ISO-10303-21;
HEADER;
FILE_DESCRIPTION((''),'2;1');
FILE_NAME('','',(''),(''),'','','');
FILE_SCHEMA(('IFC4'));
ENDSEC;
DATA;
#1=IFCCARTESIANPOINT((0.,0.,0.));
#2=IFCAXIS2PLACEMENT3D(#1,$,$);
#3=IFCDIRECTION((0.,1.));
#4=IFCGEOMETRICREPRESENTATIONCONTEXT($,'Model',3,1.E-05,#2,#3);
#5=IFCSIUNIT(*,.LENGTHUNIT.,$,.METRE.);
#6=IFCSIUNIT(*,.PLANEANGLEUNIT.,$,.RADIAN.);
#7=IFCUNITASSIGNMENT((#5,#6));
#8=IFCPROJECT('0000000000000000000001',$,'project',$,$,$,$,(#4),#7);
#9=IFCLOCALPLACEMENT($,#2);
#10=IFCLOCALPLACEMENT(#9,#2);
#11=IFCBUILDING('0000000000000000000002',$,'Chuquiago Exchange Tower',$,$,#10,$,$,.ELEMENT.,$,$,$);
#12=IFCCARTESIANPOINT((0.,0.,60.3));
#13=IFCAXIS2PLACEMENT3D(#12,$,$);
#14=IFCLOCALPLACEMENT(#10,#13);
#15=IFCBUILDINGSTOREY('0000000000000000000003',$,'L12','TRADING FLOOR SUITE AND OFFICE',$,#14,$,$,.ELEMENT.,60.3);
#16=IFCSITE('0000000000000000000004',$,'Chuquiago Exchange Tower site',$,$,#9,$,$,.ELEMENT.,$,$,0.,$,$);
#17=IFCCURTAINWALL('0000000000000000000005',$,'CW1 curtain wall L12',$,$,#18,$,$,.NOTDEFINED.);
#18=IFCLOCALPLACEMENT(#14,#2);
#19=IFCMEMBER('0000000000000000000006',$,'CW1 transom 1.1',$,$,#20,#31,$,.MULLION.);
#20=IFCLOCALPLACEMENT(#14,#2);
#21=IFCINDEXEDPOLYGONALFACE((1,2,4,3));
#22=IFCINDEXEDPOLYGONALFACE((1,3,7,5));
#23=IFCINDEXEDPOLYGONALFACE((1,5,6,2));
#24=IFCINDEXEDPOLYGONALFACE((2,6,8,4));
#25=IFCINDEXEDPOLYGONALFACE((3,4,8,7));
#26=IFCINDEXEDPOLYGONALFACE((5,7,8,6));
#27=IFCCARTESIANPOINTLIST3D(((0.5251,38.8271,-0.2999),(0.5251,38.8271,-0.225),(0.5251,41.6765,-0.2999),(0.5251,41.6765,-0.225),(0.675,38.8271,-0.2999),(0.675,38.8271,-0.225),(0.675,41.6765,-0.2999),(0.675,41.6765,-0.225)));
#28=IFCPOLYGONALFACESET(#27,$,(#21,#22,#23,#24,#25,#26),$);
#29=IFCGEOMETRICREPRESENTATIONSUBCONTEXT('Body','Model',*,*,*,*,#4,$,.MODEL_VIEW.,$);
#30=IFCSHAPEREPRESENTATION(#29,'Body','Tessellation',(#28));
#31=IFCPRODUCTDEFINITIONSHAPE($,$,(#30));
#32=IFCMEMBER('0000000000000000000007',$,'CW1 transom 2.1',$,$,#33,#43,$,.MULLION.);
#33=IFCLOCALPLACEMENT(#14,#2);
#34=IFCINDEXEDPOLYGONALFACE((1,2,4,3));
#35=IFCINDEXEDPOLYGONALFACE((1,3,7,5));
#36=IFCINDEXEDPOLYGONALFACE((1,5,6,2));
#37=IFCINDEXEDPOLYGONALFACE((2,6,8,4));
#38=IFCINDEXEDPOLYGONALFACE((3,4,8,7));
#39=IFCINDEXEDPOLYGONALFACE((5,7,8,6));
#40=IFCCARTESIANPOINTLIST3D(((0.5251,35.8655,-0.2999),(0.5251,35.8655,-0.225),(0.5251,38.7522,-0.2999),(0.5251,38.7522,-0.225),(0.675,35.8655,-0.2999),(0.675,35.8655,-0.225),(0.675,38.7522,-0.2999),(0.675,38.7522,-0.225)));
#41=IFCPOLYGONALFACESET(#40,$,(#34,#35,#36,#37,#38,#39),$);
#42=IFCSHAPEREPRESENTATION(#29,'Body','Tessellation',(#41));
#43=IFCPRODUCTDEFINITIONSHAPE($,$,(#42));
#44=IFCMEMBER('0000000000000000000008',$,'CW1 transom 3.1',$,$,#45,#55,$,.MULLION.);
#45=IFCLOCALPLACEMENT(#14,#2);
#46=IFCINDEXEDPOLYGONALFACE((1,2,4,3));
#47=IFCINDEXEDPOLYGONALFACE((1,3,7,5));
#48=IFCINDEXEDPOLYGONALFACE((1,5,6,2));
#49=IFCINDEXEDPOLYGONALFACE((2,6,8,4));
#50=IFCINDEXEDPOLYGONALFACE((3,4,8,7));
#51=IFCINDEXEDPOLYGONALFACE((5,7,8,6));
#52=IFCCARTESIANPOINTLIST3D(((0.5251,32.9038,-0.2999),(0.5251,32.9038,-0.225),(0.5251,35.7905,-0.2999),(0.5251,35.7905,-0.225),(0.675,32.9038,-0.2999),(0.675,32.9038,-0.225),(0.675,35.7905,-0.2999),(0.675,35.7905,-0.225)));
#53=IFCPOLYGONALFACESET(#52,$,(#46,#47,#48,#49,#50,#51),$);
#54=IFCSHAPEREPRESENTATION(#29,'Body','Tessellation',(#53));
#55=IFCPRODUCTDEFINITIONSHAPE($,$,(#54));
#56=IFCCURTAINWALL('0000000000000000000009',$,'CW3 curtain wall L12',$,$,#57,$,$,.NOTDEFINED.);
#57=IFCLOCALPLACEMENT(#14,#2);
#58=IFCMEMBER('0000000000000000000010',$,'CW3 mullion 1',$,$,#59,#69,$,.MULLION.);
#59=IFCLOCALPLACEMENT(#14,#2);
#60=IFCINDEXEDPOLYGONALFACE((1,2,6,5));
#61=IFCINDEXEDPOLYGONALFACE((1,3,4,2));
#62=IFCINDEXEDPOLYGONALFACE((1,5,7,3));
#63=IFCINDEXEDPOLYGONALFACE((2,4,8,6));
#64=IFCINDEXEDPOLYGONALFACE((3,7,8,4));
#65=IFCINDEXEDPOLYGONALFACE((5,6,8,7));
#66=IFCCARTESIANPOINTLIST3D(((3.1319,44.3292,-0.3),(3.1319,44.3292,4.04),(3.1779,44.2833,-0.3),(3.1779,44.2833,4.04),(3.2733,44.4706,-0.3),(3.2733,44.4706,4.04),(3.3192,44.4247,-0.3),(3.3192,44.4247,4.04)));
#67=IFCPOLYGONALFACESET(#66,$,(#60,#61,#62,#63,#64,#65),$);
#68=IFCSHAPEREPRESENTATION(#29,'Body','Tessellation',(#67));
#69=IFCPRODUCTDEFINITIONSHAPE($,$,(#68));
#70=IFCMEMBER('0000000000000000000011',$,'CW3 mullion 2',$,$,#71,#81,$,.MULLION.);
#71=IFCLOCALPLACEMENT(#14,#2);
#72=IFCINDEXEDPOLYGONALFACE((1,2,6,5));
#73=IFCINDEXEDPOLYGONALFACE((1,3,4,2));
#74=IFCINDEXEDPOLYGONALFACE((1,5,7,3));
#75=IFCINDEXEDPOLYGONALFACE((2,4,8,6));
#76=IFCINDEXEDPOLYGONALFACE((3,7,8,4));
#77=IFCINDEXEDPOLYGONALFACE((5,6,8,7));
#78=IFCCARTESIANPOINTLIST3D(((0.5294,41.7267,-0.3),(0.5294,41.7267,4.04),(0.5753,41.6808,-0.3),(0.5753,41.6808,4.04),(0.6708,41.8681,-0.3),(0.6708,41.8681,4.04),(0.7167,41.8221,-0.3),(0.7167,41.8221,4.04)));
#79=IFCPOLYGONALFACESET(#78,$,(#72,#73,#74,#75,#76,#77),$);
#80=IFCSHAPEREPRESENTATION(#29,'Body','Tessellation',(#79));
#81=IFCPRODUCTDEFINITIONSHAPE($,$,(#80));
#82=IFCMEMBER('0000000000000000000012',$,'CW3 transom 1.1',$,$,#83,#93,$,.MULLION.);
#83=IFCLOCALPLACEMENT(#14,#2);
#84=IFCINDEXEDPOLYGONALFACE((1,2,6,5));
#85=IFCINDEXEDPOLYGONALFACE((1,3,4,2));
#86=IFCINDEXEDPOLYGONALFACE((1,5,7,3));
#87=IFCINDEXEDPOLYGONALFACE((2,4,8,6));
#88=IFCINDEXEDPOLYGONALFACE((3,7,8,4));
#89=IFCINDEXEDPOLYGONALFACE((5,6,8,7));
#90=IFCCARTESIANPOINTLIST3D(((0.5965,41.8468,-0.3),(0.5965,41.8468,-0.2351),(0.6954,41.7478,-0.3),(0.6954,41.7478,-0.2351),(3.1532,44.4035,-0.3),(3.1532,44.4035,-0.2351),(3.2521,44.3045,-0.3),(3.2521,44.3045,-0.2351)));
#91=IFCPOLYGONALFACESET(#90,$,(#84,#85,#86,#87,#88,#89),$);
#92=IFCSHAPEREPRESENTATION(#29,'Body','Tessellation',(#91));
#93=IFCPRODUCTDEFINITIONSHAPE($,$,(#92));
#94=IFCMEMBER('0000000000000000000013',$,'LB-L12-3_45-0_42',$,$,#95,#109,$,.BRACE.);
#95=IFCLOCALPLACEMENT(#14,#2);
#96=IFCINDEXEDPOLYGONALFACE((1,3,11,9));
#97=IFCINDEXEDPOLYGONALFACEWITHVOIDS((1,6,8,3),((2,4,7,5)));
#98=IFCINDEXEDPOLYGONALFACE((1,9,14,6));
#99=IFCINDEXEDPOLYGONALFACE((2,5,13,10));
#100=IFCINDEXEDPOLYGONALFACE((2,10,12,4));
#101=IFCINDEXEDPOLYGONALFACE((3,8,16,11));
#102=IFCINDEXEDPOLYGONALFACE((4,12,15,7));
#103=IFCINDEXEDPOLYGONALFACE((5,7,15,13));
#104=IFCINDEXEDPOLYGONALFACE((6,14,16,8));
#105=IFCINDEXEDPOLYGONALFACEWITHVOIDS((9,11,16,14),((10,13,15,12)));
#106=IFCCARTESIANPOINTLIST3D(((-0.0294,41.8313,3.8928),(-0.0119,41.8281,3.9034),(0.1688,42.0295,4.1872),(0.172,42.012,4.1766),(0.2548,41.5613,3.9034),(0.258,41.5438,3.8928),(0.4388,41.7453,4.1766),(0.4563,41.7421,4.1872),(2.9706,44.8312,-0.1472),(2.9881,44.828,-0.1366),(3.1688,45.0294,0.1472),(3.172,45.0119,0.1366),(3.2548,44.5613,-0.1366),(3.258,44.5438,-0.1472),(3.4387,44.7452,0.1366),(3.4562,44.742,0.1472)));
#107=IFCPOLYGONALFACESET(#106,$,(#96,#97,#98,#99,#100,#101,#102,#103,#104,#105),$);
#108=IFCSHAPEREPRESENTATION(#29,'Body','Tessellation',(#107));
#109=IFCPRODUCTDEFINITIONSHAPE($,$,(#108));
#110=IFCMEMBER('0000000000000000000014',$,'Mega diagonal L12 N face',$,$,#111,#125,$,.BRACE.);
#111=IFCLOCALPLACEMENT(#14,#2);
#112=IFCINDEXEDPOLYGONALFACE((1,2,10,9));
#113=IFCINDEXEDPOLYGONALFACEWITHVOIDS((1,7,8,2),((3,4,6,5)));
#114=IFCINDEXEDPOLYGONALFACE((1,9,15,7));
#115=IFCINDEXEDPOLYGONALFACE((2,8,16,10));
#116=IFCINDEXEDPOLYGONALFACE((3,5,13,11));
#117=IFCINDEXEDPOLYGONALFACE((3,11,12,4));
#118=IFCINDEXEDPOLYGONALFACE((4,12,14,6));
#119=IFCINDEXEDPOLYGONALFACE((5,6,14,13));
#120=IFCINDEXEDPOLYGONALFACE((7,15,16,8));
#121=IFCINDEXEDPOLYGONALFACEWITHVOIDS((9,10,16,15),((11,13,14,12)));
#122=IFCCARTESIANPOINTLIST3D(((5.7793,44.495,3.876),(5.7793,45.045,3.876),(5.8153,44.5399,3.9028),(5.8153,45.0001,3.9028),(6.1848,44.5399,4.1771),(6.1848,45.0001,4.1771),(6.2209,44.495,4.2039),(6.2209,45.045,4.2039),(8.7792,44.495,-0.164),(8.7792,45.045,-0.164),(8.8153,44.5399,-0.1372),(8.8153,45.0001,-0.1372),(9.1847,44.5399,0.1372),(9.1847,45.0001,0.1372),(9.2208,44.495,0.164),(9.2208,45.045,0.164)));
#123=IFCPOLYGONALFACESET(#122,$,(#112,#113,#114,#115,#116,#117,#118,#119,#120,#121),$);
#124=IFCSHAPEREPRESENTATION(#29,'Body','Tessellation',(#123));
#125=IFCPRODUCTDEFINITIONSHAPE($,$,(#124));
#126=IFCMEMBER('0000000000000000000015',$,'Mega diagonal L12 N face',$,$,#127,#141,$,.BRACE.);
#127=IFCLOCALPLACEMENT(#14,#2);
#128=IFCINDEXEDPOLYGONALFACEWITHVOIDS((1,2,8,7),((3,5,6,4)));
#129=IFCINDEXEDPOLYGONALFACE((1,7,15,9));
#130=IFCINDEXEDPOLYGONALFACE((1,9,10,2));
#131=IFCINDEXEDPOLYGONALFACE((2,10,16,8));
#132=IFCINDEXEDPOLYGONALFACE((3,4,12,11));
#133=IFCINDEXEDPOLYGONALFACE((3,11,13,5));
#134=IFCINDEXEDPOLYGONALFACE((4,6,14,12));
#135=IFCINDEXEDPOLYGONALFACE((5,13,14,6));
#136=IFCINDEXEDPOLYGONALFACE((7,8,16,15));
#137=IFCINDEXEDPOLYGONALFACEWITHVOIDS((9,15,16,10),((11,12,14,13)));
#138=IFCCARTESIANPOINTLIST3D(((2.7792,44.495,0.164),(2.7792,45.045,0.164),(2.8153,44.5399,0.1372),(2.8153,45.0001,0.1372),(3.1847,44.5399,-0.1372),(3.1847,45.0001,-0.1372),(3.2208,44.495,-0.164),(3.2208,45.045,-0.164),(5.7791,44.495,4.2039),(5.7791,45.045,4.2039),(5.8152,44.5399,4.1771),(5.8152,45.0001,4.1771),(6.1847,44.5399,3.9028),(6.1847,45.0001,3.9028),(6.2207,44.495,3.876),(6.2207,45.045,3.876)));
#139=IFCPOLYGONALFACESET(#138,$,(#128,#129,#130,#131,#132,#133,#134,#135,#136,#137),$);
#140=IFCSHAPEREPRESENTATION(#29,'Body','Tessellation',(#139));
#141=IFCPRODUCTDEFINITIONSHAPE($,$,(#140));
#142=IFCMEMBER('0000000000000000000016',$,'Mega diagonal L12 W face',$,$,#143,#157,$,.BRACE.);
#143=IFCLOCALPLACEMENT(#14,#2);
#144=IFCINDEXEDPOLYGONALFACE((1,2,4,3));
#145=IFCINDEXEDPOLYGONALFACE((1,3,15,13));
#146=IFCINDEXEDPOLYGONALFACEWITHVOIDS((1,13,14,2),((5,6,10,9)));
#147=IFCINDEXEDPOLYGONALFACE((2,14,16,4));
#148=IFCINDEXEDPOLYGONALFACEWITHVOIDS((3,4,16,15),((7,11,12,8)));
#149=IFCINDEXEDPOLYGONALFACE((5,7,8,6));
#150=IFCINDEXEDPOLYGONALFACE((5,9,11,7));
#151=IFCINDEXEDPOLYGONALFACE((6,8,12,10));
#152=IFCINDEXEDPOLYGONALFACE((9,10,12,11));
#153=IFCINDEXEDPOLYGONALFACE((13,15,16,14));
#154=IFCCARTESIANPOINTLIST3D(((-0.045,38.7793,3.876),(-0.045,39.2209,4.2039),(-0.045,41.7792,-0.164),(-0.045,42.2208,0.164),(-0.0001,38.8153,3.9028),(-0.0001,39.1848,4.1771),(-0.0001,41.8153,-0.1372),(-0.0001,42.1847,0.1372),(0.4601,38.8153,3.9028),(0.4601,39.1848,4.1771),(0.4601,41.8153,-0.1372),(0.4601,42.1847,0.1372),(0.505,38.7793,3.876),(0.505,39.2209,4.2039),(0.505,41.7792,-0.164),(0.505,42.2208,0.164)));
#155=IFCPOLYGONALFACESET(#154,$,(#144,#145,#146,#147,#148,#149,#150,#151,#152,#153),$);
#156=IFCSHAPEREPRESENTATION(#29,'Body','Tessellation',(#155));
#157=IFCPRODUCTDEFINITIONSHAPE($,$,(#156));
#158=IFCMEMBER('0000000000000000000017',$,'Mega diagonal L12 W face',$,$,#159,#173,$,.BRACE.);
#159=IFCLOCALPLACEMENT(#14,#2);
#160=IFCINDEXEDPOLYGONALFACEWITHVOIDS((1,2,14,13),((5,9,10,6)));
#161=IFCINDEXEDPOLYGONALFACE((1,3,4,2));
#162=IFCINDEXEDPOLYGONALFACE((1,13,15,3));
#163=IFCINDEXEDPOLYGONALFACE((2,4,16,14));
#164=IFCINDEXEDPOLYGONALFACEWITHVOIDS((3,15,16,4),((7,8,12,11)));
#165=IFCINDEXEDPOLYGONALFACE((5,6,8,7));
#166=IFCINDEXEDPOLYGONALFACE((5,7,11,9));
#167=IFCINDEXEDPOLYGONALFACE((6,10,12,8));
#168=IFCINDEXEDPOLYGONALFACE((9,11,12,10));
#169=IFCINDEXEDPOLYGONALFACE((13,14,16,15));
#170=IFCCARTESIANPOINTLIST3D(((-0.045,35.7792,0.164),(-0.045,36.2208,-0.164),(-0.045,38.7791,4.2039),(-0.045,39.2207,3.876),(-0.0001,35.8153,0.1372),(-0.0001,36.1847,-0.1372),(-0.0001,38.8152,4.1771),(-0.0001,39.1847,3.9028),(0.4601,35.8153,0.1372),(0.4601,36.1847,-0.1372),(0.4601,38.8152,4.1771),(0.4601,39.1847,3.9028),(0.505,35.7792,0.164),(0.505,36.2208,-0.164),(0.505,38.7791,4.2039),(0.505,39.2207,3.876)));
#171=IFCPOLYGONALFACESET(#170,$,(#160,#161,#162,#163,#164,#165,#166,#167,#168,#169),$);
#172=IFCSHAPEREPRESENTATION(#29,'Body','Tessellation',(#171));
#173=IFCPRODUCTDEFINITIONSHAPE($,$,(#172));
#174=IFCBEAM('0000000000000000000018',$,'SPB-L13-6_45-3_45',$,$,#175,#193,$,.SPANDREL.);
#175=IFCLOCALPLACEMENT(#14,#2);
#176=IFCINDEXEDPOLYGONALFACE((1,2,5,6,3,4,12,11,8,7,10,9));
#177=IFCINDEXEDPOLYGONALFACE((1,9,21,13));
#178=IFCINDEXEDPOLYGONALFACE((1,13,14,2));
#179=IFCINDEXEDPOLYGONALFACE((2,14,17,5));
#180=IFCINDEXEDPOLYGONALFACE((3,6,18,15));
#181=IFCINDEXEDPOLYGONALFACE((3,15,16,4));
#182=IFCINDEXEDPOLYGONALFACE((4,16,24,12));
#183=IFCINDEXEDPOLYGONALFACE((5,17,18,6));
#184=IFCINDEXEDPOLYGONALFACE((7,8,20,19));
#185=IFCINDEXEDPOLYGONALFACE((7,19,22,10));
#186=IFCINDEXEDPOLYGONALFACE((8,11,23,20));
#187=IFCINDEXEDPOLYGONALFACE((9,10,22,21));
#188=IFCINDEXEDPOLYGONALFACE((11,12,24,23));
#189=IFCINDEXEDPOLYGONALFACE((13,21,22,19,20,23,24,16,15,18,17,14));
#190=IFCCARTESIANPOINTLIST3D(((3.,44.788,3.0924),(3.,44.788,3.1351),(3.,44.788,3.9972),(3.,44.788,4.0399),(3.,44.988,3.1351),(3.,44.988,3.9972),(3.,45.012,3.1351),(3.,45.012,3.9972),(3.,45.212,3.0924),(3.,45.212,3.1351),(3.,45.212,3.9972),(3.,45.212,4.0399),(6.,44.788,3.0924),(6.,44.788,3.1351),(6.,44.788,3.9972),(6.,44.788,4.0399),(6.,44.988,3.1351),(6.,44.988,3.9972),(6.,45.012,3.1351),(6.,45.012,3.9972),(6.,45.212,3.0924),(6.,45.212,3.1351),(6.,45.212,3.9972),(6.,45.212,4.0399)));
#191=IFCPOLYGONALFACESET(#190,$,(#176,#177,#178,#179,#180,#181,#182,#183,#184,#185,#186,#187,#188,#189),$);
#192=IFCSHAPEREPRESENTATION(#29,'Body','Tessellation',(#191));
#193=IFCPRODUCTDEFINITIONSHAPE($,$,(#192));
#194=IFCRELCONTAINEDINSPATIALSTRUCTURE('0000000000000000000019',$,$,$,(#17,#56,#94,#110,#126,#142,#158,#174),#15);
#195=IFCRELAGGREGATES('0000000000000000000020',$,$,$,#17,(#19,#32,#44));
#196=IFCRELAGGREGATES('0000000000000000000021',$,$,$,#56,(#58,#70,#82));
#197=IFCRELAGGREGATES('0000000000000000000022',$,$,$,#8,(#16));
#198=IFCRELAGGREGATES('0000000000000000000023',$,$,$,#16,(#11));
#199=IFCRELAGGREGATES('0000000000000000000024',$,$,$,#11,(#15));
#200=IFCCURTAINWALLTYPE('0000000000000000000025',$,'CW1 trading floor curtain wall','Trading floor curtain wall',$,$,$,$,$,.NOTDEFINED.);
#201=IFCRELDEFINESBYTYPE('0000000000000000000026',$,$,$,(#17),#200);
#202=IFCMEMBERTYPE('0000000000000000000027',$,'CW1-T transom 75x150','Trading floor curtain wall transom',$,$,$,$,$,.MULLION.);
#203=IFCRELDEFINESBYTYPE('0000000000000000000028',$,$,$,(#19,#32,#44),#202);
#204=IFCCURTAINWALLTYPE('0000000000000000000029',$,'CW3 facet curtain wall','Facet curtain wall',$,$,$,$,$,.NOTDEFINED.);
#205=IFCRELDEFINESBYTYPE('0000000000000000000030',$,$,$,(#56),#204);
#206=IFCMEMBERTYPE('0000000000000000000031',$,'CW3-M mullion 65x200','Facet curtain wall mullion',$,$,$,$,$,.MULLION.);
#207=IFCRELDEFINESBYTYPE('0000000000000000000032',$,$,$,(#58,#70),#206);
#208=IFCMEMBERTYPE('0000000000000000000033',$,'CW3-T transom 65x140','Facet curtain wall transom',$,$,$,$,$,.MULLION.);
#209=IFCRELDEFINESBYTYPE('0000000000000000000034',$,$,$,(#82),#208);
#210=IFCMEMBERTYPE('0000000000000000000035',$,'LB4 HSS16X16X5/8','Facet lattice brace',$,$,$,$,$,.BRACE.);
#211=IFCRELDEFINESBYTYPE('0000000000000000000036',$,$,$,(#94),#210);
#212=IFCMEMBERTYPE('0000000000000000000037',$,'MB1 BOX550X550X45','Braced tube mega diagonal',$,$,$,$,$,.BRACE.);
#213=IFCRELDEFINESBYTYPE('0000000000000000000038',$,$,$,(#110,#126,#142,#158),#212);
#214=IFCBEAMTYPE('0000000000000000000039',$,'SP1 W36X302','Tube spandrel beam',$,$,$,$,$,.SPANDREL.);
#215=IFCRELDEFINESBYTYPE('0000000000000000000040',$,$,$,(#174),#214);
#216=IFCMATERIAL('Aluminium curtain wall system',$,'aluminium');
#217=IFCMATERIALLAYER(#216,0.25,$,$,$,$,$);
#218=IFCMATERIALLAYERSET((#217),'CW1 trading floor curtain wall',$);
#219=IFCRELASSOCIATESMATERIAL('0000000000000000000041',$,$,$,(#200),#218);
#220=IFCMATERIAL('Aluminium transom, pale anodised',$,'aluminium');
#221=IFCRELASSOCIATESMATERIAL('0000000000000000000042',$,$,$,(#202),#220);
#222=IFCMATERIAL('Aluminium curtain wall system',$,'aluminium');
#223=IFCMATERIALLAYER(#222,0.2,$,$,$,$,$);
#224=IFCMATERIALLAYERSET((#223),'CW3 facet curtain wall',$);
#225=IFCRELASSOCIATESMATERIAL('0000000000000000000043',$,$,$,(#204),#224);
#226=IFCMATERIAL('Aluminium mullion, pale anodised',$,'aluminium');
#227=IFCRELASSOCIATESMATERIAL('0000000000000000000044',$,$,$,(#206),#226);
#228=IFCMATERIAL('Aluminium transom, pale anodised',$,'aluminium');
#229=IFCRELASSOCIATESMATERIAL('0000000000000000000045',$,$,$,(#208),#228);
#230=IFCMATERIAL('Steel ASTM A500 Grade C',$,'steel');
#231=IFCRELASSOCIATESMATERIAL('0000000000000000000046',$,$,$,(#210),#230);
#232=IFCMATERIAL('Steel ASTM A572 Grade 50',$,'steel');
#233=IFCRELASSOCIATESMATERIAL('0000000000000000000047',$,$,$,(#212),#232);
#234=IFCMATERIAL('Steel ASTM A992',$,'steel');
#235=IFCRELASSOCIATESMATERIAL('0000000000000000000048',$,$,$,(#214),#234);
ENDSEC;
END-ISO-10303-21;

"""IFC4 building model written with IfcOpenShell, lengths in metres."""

from ifc_helpers import new_model, si_unit, direction, frame, origin, origin_2d, place, context, subcontext, project, spatial, rectangle, hollow_rectangle, i_section, extrude, material, layer, layer_set, material_profile, profile_set, type_object, element, aggregate, save


model = new_model("IFC4")

# Units and contexts
model_context = context("Model", 3, precision=1e-05, world=origin(), true_north=direction((0.0, 1.0)))
body_context = subcontext(model_context, "Body", "Model", "MODEL_VIEW")
ifc_project = project(units=[si_unit("LENGTHUNIT", "METRE"), si_unit("PLANEANGLEUNIT", "RADIAN")], contexts=[model_context])

# Site, building, storey
site_placement = place(None, origin())
site = spatial("IfcSite", under=ifc_project, at=site_placement, Name="Chuquiago Exchange Tower site", CompositionType="ELEMENT", RefElevation=0.0)
building_placement = place(site_placement, origin())
building = spatial("IfcBuilding", under=site, at=building_placement, Name="Chuquiago Exchange Tower", CompositionType="ELEMENT")
storey_placement = place(building_placement, frame((0.0, 0.0, 60.3)))
storey = spatial("IfcBuildingStorey", under=building, at=storey_placement, Name="L12", Description="TRADING FLOOR SUITE AND OFFICE", CompositionType="ELEMENT", Elevation=60.3)

# Curtain wall
ifc_material_1 = material(Name="Aluminium curtain wall system", Category="aluminium")
ifc_layer_1 = layer(ifc_material_1, 0.25)
ifc_layer_set_1 = layer_set([ifc_layer_1], Name="CW1 trading floor curtain wall")
curtain_wall_type_1 = type_object("IfcCurtainWallType", Name="CW1 trading floor curtain wall", Description="Trading floor curtain wall", PredefinedType="NOTDEFINED", material=ifc_layer_set_1)
curtain_wall_1_placement = place(storey_placement, origin())
curtain_wall_1 = element("IfcCurtainWall", 1, at=curtain_wall_1_placement, inside=storey, type_object=curtain_wall_type_1, Name="CW1 curtain wall L12", PredefinedType="NOTDEFINED")

# Members
ifc_material_2 = material(Name="Aluminium transom, pale anodised", Category="aluminium")
ifc_material_profile_1 = material_profile(ifc_material_2, rectangle(XDim=0.1499, YDim=0.075, at=origin_2d()), Name="AL 150x75")
ifc_profile_set_1 = profile_set([ifc_material_profile_1], Name="Aluminium transom, pale anodised")
member_type_1 = type_object("IfcMemberType", Name="CW1-T transom 75x150", Description="Trading floor curtain wall transom", PredefinedType="MULLION", material=ifc_profile_set_1)
member_1_placement = place(storey_placement, frame((0.6001, 41.6765, -0.2625), z_axis=(0.0, -1.0, 0.0), x_axis=(1.0, 0.0, 0.0)))
member_1 = element("IfcMember", 2, at=member_1_placement, type_object=member_type_1, Name="CW1 transom 1.1", PredefinedType="MULLION", context=body_context, shape_type="SweptSolid", body=[
    extrude(rectangle(XDim=0.1499, YDim=0.075, at=origin_2d()), origin(), (0.0, 0.0, 1.0), 2.8494),
])
member_2_placement = place(storey_placement, frame((0.6001, 38.7522, -0.2625), z_axis=(0.0, -1.0, 0.0), x_axis=(1.0, 0.0, 0.0)))
member_2 = element("IfcMember", 3, at=member_2_placement, type_object=member_type_1, Name="CW1 transom 2.1", PredefinedType="MULLION", context=body_context, shape_type="SweptSolid", body=[
    extrude(rectangle(XDim=0.1499, YDim=0.075, at=origin_2d()), origin(), (0.0, 0.0, 1.0), 2.8867),
])
member_3_placement = place(storey_placement, frame((0.6001, 35.7905, -0.2625), z_axis=(0.0, -1.0, 0.0), x_axis=(1.0, 0.0, 0.0)))
member_3 = element("IfcMember", 4, at=member_3_placement, type_object=member_type_1, Name="CW1 transom 3.1", PredefinedType="MULLION", context=body_context, shape_type="SweptSolid", body=[
    extrude(rectangle(XDim=0.1499, YDim=0.075, at=origin_2d()), origin(), (0.0, 0.0, 1.0), 2.8867),
])

# Curtain wall, members
ifc_material_3 = material(Name="Aluminium curtain wall system", Category="aluminium")
ifc_layer_2 = layer(ifc_material_3, 0.2)
ifc_layer_set_2 = layer_set([ifc_layer_2], Name="CW3 facet curtain wall")
curtain_wall_type_2 = type_object("IfcCurtainWallType", Name="CW3 facet curtain wall", Description="Facet curtain wall", PredefinedType="NOTDEFINED", material=ifc_layer_set_2)
curtain_wall_2_placement = place(storey_placement, origin())
curtain_wall_2 = element("IfcCurtainWall", 5, at=curtain_wall_2_placement, inside=storey, type_object=curtain_wall_type_2, Name="CW3 curtain wall L12", PredefinedType="NOTDEFINED")
ifc_material_4 = material(Name="Aluminium mullion, pale anodised", Category="aluminium")
ifc_material_profile_2 = material_profile(ifc_material_4, rectangle(XDim=0.0649, YDim=0.2, at=origin_2d()), Name="AL 65x200")
ifc_profile_set_2 = profile_set([ifc_material_profile_2], Name="Aluminium mullion, pale anodised")
member_type_2 = type_object("IfcMemberType", Name="CW3-M mullion 65x200", Description="Facet curtain wall mullion", PredefinedType="MULLION", material=ifc_profile_set_2)
member_4_placement = place(storey_placement, frame((3.2256, 44.377, -0.3), z_axis=(0.0, 0.0, 1.0), x_axis=(0.707107, -0.707107, 0.0)))
member_4 = element("IfcMember", 6, at=member_4_placement, type_object=member_type_2, Name="CW3 mullion 1", PredefinedType="MULLION", context=body_context, shape_type="SweptSolid", body=[
    extrude(rectangle(XDim=0.0649, YDim=0.2, at=origin_2d()), origin(), (0.0, 0.0, 1.0), 4.3401),
])
member_5_placement = place(storey_placement, frame((0.623, 41.7744, -0.3), z_axis=(0.0, 0.0, 1.0), x_axis=(0.707107, -0.707107, 0.0)))
member_5 = element("IfcMember", 7, at=member_5_placement, type_object=member_type_2, Name="CW3 mullion 2", PredefinedType="MULLION", context=body_context, shape_type="SweptSolid", body=[
    extrude(rectangle(XDim=0.0649, YDim=0.2, at=origin_2d()), origin(), (0.0, 0.0, 1.0), 4.3401),
])
ifc_material_5 = material(Name="Aluminium transom, pale anodised", Category="aluminium")
ifc_material_profile_3 = material_profile(ifc_material_5, rectangle(XDim=0.1399, YDim=0.0649, at=origin_2d()), Name="AL 140x65")
ifc_profile_set_3 = profile_set([ifc_material_profile_3], Name="Aluminium transom, pale anodised")
member_type_3 = type_object("IfcMemberType", Name="CW3-T transom 65x140", Description="Facet curtain wall transom", PredefinedType="MULLION", material=ifc_profile_set_3)
member_6_placement = place(storey_placement, frame((3.2026, 44.354, -0.2676), z_axis=(-0.707107, -0.707107, 0.0), x_axis=(0.707107, -0.707107, 0.0)))
member_6 = element("IfcMember", 8, at=member_6_placement, type_object=member_type_3, Name="CW3 transom 1.1", PredefinedType="MULLION", context=body_context, shape_type="SweptSolid", body=[
    extrude(rectangle(XDim=0.1399, YDim=0.0649, at=origin_2d()), origin(), (0.0, 0.0, 1.0), 3.6157),
])

# Members
ifc_material_6 = material(Name="Steel ASTM A500 Grade C", Category="steel")
ifc_material_profile_4 = material_profile(ifc_material_6, hollow_rectangle(XDim=0.4065, YDim=0.4065, WallThickness=0.0146, at=origin_2d()), Name="HSS16X16X5/8")
ifc_profile_set_4 = profile_set([ifc_material_profile_4], Name="Steel ASTM A500 Grade C")
member_type_4 = type_object("IfcMemberType", Name="LB4 HSS16X16X5/8", Description="Facet lattice brace", PredefinedType="BRACE", material=ifc_profile_set_4)
member_7_placement = place(storey_placement, frame((3.2134, 44.7866, 0.0), z_axis=(-0.512077, -0.512077, 0.689604), x_axis=(0.707107, -0.707107, 0.0)))
element("IfcMember", 9, at=member_7_placement, inside=storey, type_object=member_type_4, Name="LB-L12-3_45-0_42", PredefinedType="BRACE", context=body_context, shape_type="SweptSolid", body=[
    extrude(hollow_rectangle(XDim=0.4065, YDim=0.4065, WallThickness=0.0146, at=origin_2d()), origin(), (0.0, 0.0, 1.0), 5.8584),
])
ifc_material_7 = material(Name="Steel ASTM A572 Grade 50", Category="steel")
ifc_material_profile_5 = material_profile(ifc_material_7, hollow_rectangle(XDim=0.55, YDim=0.55, WallThickness=0.0449, at=origin_2d()), Name="BOX550X550X45")
ifc_profile_set_5 = profile_set([ifc_material_profile_5], Name="Steel ASTM A572 Grade 50")
member_type_5 = type_object("IfcMemberType", Name="MB1 BOX550X550X45", Description="Braced tube mega diagonal", PredefinedType="BRACE", material=ifc_profile_set_5)
for number, where, z_axis, x_axis, name in (
    (10, (9.0, 44.77, 0.0), (-0.596174, 0.0, 0.802855), (0.0, -1.0, 0.0), "Mega diagonal L12 N face"),
    (11, (3.0, 44.77, 0.0), (0.596174, 0.0, 0.802855), (0.0, 1.0, 0.0), "Mega diagonal L12 N face"),
    (12, (0.23, 42.0, 0.0), (0.0, -0.596174, 0.802855), (1.0, 0.0, 0.0), "Mega diagonal L12 W face"),
    (13, (0.23, 36.0, 0.0), (0.0, 0.596174, 0.802855), (-1.0, 0.0, 0.0), "Mega diagonal L12 W face"),
):
    element("IfcMember", number, at=place(storey_placement, frame(where, z_axis=z_axis, x_axis=x_axis)), inside=storey, type_object=member_type_5, Name=name, PredefinedType="BRACE", context=body_context, shape_type="SweptSolid", body=[
        extrude(hollow_rectangle(XDim=0.55, YDim=0.55, WallThickness=0.0449, at=origin_2d()), origin(), (0.0, 0.0, 1.0), 5.032),
    ])

# Beam
ifc_material_8 = material(Name="Steel ASTM A992", Category="steel")
ifc_material_profile_6 = material_profile(ifc_material_8, i_section(OverallWidth=0.4241, OverallDepth=0.9475, WebThickness=0.0239, FlangeThickness=0.0427, at=origin_2d()), Name="W36X302")
ifc_profile_set_6 = profile_set([ifc_material_profile_6], Name="Steel ASTM A992")
beam_type = type_object("IfcBeamType", Name="SP1 W36X302", Description="Tube spandrel beam", PredefinedType="SPANDREL", material=ifc_profile_set_6)
beam_1_placement = place(storey_placement, frame((6.0, 45.0, 3.5662), z_axis=(-1.0, 0.0, 0.0), x_axis=(0.0, -1.0, 0.0)))
element("IfcBeam", 14, at=beam_1_placement, inside=storey, type_object=beam_type, Name="SPB-L13-6_45-3_45", PredefinedType="SPANDREL", context=body_context, shape_type="SweptSolid", body=[
    extrude(i_section(OverallWidth=0.4241, OverallDepth=0.9475, WebThickness=0.0239, FlangeThickness=0.0427, at=origin_2d()), origin(), (0.0, 0.0, 1.0), 3.0),
])

aggregate(curtain_wall_1, [member_1, member_2, member_3])
aggregate(curtain_wall_2, [member_4, member_5, member_6])

save(model, "model.ifc")
